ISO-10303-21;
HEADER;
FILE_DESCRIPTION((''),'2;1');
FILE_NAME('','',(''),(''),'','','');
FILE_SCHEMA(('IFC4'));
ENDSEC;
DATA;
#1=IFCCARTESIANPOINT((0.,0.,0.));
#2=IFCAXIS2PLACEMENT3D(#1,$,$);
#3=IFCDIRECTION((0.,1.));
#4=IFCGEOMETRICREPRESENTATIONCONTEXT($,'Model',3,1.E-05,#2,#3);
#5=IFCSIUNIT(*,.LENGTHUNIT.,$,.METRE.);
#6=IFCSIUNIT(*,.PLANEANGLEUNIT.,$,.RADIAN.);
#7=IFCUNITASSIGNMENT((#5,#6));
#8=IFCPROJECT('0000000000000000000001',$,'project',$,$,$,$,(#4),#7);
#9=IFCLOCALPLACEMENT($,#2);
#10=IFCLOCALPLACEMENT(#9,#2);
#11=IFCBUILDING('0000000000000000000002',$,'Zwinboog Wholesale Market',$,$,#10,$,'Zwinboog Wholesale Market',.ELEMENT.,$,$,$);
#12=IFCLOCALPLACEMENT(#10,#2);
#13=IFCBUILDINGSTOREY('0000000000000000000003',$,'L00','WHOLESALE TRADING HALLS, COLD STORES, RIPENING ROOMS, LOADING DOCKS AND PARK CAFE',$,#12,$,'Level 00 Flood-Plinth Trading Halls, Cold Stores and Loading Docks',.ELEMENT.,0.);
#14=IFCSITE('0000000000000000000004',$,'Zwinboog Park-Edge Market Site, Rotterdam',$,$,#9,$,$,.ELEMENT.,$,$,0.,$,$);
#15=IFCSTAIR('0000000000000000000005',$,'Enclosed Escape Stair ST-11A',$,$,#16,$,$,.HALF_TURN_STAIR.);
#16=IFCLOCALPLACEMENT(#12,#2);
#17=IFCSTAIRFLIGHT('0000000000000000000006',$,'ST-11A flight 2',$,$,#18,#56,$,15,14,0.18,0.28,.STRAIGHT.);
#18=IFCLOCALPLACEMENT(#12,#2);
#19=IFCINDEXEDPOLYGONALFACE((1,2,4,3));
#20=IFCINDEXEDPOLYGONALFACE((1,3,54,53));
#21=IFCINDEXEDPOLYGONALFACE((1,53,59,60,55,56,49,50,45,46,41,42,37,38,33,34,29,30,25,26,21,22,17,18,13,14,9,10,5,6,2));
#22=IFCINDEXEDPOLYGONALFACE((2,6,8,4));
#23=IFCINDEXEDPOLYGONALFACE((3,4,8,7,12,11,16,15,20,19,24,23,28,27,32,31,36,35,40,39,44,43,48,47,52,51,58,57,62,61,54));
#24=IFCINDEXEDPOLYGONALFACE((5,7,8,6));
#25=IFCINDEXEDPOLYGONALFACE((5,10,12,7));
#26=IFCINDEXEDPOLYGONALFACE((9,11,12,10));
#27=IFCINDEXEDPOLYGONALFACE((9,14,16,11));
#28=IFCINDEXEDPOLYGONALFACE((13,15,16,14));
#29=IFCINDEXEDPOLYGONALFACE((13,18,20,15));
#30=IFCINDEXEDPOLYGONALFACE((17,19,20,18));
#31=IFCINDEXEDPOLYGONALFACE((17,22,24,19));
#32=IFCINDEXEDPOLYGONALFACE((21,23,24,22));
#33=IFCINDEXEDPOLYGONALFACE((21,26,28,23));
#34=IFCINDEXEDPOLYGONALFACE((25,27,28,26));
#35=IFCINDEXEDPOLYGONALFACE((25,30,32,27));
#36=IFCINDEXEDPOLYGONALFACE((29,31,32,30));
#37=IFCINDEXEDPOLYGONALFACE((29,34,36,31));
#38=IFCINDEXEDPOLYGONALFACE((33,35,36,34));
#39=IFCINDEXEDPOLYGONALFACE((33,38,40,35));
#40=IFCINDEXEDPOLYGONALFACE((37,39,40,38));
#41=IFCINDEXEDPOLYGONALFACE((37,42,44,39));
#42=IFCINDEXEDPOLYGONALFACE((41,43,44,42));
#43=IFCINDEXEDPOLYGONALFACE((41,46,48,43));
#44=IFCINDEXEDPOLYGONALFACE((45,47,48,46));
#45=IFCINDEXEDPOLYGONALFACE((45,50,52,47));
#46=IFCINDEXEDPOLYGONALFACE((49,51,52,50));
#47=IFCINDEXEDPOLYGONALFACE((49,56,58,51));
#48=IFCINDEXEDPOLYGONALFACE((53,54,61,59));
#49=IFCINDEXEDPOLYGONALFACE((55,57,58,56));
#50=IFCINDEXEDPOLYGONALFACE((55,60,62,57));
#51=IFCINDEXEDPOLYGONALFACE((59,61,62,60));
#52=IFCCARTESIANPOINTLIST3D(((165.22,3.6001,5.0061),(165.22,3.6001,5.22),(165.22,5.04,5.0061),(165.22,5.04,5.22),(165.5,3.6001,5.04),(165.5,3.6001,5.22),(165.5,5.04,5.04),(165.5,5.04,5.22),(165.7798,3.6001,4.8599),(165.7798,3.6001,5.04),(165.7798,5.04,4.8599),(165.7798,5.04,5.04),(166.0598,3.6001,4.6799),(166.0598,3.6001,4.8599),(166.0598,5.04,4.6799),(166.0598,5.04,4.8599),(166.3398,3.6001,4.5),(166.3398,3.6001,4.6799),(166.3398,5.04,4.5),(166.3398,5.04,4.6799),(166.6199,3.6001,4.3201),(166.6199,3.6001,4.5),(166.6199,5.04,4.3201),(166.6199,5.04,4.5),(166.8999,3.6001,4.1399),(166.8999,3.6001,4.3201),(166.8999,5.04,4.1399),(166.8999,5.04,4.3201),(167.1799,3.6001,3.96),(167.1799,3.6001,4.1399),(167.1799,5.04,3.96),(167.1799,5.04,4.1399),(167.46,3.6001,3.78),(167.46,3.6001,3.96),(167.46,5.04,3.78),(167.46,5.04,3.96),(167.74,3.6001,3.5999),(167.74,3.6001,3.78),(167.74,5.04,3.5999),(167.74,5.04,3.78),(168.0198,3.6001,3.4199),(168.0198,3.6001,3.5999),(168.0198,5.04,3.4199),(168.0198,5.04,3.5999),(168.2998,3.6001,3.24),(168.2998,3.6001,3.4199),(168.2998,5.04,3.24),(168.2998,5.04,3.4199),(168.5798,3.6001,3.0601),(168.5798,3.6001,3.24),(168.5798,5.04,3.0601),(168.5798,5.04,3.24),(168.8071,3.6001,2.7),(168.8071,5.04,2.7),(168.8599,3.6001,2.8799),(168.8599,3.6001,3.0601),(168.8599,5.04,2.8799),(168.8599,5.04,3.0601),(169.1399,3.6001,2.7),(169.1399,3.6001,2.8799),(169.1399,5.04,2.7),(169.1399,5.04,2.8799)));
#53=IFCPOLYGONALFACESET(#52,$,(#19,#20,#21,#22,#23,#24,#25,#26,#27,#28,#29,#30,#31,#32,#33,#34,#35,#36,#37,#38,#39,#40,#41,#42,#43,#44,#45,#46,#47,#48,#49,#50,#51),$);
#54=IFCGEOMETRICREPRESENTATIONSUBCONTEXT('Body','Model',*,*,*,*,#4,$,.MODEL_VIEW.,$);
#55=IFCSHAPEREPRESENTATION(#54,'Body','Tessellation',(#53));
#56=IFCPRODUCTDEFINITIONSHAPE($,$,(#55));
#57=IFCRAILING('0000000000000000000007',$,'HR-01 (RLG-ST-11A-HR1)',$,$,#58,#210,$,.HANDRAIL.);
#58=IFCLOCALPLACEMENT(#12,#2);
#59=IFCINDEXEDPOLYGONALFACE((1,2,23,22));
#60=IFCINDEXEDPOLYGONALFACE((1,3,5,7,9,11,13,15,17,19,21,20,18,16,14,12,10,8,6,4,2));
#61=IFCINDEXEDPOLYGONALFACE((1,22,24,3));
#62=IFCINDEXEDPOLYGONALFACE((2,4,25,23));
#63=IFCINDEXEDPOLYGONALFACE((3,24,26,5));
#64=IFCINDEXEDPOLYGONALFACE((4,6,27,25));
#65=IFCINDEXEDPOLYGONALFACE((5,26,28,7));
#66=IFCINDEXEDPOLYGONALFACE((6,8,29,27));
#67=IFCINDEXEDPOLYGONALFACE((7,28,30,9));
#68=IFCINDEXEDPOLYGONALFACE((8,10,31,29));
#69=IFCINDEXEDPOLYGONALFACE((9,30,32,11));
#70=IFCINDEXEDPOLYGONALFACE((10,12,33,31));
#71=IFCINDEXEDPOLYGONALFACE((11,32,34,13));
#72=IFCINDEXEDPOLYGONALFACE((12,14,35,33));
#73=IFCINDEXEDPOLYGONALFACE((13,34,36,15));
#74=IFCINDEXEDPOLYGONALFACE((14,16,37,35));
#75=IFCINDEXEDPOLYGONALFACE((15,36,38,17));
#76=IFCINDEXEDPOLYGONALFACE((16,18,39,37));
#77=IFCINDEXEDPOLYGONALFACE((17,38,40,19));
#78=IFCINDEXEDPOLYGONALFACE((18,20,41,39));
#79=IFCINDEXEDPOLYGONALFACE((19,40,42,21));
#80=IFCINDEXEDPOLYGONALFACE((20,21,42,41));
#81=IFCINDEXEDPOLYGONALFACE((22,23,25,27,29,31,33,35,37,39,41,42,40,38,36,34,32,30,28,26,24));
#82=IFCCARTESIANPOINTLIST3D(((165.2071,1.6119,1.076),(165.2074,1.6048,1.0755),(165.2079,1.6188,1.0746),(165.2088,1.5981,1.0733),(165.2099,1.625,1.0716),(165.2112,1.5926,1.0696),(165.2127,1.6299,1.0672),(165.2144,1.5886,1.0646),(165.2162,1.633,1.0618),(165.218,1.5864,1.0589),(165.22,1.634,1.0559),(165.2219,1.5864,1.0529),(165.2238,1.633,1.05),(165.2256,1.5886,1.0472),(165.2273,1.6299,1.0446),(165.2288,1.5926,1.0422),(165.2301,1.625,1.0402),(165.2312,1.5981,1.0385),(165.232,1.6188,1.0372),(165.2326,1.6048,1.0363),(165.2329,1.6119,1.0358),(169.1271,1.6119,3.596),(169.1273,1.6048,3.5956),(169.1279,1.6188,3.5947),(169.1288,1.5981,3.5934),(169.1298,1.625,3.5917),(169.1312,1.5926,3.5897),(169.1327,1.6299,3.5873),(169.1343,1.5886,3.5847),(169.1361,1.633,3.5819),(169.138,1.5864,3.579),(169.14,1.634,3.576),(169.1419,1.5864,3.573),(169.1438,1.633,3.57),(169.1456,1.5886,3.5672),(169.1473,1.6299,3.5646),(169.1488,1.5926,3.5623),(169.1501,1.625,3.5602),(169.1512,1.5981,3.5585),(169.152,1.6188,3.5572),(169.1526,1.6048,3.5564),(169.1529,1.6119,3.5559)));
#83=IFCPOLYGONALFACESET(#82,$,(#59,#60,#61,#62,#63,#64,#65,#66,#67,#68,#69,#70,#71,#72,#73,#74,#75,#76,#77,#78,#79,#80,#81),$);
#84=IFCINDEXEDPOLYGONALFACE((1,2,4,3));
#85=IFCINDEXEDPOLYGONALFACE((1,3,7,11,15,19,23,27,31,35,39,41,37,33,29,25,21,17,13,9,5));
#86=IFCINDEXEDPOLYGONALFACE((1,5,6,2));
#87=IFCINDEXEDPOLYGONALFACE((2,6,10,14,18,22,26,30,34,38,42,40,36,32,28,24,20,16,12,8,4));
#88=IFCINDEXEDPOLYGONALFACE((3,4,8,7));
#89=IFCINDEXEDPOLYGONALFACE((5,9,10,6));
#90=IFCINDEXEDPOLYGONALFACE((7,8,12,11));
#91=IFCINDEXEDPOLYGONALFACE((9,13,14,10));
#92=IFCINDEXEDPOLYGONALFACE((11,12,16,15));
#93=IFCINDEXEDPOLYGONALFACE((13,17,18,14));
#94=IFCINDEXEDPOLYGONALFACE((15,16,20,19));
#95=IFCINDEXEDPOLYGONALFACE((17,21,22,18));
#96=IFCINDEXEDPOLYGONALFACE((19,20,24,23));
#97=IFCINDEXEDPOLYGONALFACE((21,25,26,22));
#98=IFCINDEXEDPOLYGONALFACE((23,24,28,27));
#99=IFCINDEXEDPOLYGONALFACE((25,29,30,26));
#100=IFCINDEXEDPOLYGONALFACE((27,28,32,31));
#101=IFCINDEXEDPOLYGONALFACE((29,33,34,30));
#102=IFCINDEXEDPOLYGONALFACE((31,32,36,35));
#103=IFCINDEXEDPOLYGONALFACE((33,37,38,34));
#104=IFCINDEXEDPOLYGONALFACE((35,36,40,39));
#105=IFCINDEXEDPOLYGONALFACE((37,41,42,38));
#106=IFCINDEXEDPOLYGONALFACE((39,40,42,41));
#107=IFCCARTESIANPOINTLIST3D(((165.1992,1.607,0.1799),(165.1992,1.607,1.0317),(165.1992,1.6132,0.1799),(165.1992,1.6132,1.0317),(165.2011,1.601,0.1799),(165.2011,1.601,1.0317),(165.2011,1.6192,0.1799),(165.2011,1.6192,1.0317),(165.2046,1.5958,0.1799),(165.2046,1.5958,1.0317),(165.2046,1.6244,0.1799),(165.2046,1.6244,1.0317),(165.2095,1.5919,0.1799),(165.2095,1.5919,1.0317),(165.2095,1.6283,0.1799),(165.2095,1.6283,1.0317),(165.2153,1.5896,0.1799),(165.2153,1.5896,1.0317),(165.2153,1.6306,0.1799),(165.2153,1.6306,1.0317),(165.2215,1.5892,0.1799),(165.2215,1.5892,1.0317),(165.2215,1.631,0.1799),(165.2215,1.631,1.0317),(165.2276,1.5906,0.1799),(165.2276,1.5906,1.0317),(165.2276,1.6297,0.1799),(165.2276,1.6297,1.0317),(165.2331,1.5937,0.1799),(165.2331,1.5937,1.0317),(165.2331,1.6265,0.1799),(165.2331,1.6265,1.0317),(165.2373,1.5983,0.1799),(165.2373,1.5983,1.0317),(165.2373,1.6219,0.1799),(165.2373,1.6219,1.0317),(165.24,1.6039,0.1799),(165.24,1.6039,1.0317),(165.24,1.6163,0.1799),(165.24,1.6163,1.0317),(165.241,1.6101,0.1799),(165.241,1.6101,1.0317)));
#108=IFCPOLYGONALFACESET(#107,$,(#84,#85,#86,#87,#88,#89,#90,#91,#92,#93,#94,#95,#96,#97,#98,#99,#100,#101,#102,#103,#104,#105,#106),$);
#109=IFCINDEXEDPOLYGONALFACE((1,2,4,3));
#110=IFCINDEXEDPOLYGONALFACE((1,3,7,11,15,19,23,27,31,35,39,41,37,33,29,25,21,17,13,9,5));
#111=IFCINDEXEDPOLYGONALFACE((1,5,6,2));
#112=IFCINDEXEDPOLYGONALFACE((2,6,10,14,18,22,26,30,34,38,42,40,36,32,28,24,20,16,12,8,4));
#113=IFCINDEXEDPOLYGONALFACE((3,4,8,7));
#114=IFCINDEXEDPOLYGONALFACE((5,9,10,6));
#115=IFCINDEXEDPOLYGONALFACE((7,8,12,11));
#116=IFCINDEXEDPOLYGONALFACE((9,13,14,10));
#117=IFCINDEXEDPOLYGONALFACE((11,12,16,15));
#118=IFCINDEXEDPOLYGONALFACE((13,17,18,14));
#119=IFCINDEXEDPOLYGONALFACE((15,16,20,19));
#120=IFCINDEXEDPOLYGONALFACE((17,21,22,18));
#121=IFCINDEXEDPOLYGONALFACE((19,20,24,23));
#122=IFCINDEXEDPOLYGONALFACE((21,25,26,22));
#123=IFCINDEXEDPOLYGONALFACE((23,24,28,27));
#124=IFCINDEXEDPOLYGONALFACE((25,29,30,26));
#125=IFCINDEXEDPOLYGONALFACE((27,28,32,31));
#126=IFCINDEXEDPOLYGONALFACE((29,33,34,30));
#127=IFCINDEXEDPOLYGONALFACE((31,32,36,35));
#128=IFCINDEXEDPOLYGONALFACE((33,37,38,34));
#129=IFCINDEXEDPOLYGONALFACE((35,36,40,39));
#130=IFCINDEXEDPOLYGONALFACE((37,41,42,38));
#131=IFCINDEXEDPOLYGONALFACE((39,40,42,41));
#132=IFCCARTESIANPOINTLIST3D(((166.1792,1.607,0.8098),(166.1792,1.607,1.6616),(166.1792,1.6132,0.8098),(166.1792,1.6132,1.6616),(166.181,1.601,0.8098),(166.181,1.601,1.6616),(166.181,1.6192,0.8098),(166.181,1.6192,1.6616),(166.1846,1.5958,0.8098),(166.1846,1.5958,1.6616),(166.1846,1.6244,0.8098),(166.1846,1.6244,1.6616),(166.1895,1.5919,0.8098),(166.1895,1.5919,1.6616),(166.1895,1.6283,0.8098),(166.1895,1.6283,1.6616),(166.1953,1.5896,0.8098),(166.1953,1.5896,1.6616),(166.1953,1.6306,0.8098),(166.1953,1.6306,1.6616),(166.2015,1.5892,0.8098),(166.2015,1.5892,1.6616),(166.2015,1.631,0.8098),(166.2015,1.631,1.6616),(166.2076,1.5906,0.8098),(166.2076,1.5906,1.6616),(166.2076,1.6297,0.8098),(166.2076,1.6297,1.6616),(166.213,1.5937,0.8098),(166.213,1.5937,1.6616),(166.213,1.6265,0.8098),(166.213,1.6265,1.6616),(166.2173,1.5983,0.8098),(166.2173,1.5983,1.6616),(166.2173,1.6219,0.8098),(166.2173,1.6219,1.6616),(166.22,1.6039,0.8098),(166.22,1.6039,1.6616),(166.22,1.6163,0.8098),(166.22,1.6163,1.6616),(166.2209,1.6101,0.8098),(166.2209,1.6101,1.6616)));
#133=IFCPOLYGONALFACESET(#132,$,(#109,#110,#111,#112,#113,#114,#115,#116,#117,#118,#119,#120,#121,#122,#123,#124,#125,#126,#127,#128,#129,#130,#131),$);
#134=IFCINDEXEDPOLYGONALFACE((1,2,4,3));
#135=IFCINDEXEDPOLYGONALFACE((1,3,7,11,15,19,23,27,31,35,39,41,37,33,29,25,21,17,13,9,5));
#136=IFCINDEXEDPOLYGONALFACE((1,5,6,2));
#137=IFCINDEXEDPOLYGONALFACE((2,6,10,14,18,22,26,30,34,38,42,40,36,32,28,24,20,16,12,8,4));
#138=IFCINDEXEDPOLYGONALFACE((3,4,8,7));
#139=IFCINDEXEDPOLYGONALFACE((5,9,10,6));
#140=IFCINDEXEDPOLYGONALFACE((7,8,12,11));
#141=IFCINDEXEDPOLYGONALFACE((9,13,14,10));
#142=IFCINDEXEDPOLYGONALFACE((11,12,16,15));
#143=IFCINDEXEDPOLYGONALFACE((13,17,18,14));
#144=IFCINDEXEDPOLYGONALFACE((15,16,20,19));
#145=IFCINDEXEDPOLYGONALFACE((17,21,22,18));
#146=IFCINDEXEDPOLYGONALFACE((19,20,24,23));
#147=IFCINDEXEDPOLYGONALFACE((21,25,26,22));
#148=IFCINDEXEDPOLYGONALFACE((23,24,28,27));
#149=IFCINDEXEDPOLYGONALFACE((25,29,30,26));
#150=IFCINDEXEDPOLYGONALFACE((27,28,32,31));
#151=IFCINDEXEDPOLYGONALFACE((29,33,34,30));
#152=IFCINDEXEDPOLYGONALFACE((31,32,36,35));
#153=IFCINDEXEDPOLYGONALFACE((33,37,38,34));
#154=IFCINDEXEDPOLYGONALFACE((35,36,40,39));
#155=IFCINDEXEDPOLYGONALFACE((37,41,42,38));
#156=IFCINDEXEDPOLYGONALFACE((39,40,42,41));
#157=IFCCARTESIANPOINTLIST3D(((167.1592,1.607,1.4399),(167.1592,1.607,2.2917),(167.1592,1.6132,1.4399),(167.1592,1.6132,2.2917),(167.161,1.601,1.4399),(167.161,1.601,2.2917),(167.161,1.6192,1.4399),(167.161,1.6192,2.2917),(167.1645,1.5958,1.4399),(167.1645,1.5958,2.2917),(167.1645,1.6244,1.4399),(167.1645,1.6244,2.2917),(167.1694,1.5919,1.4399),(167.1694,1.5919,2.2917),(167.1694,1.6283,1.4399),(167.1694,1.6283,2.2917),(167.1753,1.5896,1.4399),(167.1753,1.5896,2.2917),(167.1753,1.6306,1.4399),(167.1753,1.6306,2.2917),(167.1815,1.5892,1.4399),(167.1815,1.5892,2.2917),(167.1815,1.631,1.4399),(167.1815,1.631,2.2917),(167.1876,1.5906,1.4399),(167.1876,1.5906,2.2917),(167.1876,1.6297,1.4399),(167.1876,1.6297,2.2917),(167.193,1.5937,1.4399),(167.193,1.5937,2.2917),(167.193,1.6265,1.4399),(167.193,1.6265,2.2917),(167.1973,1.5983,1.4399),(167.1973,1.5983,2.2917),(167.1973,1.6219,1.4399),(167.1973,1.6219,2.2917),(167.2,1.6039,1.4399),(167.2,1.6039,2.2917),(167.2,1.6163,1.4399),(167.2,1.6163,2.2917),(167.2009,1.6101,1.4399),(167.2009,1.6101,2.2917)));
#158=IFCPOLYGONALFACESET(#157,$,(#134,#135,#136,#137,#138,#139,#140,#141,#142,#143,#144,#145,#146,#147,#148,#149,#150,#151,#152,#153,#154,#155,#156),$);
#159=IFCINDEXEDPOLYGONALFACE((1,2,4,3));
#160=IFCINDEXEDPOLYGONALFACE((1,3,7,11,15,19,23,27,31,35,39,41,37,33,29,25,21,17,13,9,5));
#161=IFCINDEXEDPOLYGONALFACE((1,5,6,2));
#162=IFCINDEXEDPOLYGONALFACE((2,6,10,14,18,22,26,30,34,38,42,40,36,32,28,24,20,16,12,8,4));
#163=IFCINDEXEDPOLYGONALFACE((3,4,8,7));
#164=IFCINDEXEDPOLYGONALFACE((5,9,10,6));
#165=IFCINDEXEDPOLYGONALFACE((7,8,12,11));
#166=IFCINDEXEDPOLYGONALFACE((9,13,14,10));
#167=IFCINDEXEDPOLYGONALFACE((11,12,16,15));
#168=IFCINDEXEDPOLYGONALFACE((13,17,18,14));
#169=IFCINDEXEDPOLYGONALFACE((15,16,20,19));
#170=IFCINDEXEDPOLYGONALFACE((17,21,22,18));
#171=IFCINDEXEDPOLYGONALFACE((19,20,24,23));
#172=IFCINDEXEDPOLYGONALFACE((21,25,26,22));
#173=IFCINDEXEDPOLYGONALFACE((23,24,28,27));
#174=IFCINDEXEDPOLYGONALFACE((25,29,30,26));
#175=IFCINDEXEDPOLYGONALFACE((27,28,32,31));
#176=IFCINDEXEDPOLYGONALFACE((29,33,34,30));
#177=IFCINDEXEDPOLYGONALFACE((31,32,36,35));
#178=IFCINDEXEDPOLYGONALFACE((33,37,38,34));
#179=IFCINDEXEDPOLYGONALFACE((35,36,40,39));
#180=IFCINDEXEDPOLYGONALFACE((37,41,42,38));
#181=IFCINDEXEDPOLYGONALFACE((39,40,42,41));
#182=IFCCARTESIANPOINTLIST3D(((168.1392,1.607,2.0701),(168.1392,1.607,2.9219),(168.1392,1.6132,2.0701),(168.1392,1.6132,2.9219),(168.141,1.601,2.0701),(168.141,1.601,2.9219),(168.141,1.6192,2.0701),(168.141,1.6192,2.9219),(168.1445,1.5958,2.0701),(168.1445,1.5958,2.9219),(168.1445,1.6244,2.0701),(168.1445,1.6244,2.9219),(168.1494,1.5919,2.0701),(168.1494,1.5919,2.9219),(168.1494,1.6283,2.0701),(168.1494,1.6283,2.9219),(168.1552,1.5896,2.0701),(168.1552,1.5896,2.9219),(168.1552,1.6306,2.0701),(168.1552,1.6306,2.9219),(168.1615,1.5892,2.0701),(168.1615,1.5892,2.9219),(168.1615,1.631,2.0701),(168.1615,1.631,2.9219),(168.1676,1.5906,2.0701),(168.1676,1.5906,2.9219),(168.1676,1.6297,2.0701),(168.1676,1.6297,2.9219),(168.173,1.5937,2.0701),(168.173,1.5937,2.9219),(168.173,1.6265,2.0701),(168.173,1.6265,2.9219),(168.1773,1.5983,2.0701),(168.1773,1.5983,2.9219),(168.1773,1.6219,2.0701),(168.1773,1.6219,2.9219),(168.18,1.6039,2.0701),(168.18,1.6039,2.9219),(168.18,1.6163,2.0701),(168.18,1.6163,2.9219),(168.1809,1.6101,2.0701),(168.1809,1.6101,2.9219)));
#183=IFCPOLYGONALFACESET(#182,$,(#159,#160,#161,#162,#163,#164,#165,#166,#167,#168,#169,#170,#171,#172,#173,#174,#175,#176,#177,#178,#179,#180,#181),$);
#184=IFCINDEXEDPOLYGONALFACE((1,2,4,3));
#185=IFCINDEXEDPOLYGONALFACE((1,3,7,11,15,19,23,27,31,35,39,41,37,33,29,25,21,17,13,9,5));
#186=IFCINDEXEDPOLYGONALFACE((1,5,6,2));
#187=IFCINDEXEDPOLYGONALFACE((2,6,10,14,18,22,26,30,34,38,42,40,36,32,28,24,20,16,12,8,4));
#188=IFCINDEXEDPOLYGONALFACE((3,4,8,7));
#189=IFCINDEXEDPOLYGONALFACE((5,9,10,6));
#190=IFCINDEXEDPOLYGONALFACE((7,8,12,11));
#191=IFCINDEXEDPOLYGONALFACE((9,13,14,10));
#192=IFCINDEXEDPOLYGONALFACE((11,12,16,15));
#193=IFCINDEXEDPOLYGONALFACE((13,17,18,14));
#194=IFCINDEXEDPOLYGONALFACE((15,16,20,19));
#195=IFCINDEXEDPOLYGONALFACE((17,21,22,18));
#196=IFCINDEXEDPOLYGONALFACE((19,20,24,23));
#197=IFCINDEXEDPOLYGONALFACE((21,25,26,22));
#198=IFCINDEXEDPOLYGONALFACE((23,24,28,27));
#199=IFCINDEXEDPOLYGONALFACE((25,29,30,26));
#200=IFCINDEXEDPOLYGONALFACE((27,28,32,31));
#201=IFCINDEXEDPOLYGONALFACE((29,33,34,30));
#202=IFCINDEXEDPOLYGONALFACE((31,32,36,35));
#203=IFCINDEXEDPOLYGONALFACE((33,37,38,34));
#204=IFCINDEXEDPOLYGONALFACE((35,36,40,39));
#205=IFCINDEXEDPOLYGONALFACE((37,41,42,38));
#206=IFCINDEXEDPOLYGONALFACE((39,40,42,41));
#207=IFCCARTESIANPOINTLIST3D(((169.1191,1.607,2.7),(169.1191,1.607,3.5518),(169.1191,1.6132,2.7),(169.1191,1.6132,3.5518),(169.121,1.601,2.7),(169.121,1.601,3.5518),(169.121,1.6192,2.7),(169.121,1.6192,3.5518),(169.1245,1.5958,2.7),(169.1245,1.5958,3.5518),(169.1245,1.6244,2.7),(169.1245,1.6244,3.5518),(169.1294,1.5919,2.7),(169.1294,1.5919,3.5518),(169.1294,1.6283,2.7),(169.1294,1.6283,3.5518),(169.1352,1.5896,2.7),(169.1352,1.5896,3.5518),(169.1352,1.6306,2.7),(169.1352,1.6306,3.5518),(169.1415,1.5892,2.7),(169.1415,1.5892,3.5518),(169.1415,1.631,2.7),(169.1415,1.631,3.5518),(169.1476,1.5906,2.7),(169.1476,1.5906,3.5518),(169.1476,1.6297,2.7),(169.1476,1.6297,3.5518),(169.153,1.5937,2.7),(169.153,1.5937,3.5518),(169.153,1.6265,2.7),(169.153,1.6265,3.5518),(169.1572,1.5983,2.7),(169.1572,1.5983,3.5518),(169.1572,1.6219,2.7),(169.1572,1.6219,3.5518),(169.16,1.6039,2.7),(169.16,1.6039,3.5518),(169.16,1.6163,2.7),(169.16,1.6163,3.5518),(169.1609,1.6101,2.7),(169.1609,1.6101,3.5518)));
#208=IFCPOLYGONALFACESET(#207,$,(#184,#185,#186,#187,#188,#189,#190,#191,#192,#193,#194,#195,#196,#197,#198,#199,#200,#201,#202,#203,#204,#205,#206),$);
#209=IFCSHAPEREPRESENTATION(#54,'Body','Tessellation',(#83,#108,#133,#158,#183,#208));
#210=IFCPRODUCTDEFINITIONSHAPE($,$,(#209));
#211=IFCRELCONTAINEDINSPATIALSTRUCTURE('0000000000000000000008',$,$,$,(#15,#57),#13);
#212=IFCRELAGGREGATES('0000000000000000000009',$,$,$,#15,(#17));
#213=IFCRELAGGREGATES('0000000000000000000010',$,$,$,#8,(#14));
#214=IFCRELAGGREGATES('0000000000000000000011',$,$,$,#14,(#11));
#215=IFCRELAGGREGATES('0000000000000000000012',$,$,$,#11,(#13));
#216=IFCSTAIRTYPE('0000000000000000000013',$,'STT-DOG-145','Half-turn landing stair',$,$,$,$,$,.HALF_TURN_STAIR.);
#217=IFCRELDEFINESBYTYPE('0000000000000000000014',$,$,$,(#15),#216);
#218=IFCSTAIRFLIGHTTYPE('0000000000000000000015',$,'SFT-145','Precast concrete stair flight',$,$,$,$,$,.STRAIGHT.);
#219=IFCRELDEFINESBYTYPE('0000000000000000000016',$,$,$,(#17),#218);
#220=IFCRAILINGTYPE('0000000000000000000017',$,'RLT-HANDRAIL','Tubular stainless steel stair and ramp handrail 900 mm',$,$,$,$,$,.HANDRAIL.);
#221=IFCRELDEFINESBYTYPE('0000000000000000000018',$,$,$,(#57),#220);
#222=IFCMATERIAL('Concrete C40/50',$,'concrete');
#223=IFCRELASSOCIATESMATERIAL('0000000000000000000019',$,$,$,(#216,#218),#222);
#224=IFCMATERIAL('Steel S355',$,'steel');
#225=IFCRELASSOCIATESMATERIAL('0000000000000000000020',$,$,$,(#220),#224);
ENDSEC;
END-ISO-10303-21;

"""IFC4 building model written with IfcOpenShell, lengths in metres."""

from ifc_helpers import new_model, si_unit, direction, frame, origin, origin_2d, place, context, subcontext, project, spatial, polyline, circle, outline, extrude, material, type_object, element, aggregate, save


model = new_model("IFC4")

# Units and contexts
model_context = context("Model", 3, precision=1e-05, world=origin(), true_north=direction((0.0, 1.0)))
body_context = subcontext(model_context, "Body", "Model", "MODEL_VIEW")
ifc_project = project(units=[si_unit("LENGTHUNIT", "METRE"), si_unit("PLANEANGLEUNIT", "RADIAN")], contexts=[model_context])

# Site, building, storey
site_placement = place(None, origin())
site = spatial("IfcSite", under=ifc_project, at=site_placement, Name="Zwinboog Park-Edge Market Site, Rotterdam", CompositionType="ELEMENT", RefElevation=0.0)
building_placement = place(site_placement, origin())
building = spatial("IfcBuilding", under=site, at=building_placement, Name="Zwinboog Wholesale Market", LongName="Zwinboog Wholesale Market", CompositionType="ELEMENT")
storey_placement = place(building_placement, origin())
storey = spatial("IfcBuildingStorey", under=building, at=storey_placement, Name="L00", Description="WHOLESALE TRADING HALLS, COLD STORES, RIPENING ROOMS, LOADING DOCKS AND PARK CAFE", LongName="Level 00 Flood-Plinth Trading Halls, Cold Stores and Loading Docks", CompositionType="ELEMENT", Elevation=0.0)

# Shared definitions
ifc_material_1 = material(Name="Concrete C40/50", Category="concrete")

# Stair, stair flight
stair_type = type_object("IfcStairType", Name="STT-DOG-145", Description="Half-turn landing stair", PredefinedType="HALF_TURN_STAIR", material=ifc_material_1)
stair_placement = place(storey_placement, origin())
stair = element("IfcStair", 1, at=stair_placement, inside=storey, type_object=stair_type, Name="Enclosed Escape Stair ST-11A", PredefinedType="HALF_TURN_STAIR")
stair_flight_type = type_object("IfcStairFlightType", Name="SFT-145", Description="Precast concrete stair flight", PredefinedType="STRAIGHT", material=ifc_material_1)
stair_flight_1_placement = place(storey_placement, frame((169.1399, 4.3201, 2.7), z_axis=(0.0, 0.0, 1.0), x_axis=(-1.0, 0.0, 0.0)))
stair_flight_1 = element("IfcStairFlight", 2, at=stair_flight_1_placement, type_object=stair_flight_type, Name="ST-11A flight 2", NumberOfRisers=15, NumberOfTreads=14, PredefinedType="STRAIGHT", RiserHeight=0.18, TreadLength=0.28, context=body_context, shape_type="SweptSolid", body=[
    extrude(outline(polyline([(0.0, 0.0), (0.0, 0.1799), (0.28, 0.1799), (0.28, 0.3601), (0.5601, 0.3601), (0.5601, 0.54), (0.8401, 0.54), (0.8401, 0.72), (1.1201, 0.72), (1.1201, 0.8999), (1.3999, 0.8999), (1.3999, 1.0801), (1.6799, 1.0801), (1.6799, 1.26), (1.96, 1.26), (1.96, 1.4399), (2.24, 1.4399), (2.24, 1.6201), (2.52, 1.6201), (2.52, 1.8), (2.8, 1.8), (2.8, 1.98), (3.0801, 1.98), (3.0801, 2.1599), (3.3601, 2.1599), (3.3601, 2.3401), (3.6399, 2.3401), (3.6399, 2.52), (3.9199, 2.52), (3.9199, 2.7), (3.9199, 2.3062), (0.3328, 0.0), (0.0, 0.0)])), frame((0.0, 0.72, 0.0), z_axis=(0.0, -1.0, 0.0), x_axis=(1.0, 0.0, 0.0)), (0.0, 0.0, 1.0), 1.4399),
])
aggregate(stair, [stair_flight_1])

# Railing
ifc_material_2 = material(Name="Steel S355", Category="steel")
railing_type_1 = type_object("IfcRailingType", Name="RLT-HANDRAIL", Description="Tubular stainless steel stair and ramp handrail 900 mm", PredefinedType="HANDRAIL", material=ifc_material_2)
railing_1_placement = place(storey_placement, frame((165.22, 1.6101, 0.1799)))
element("IfcRailing", 3, at=railing_1_placement, inside=storey, type_object=railing_type_1, Name="HR-01 (RLG-ST-11A-HR1)", PredefinedType="HANDRAIL", context=body_context, shape_type="SweptSolid", body=[
    extrude(circle(Radius=0.0239, at=origin_2d()), frame((0.0, 0.0, 0.876), z_axis=(0.841172, 0.0, 0.540768), x_axis=(0.0, 1.0, 0.0)), (0.0, 0.0, 1.0), 4.6602),
    extrude(circle(Radius=0.021, at=origin_2d()), origin(), (0.0, 0.0, 1.0), 0.8518),
    extrude(circle(Radius=0.021, at=origin_2d()), frame((0.98, 0.0, 0.6299)), (0.0, 0.0, 1.0), 0.8518),
    extrude(circle(Radius=0.021, at=origin_2d()), frame((1.96, 0.0, 1.26)), (0.0, 0.0, 1.0), 0.8518),
    extrude(circle(Radius=0.021, at=origin_2d()), frame((2.9399, 0.0, 1.8901)), (0.0, 0.0, 1.0), 0.8518),
    extrude(circle(Radius=0.021, at=origin_2d()), frame((3.9199, 0.0, 2.52)), (0.0, 0.0, 1.0), 0.8518),
])

save(model, "model.ifc")
